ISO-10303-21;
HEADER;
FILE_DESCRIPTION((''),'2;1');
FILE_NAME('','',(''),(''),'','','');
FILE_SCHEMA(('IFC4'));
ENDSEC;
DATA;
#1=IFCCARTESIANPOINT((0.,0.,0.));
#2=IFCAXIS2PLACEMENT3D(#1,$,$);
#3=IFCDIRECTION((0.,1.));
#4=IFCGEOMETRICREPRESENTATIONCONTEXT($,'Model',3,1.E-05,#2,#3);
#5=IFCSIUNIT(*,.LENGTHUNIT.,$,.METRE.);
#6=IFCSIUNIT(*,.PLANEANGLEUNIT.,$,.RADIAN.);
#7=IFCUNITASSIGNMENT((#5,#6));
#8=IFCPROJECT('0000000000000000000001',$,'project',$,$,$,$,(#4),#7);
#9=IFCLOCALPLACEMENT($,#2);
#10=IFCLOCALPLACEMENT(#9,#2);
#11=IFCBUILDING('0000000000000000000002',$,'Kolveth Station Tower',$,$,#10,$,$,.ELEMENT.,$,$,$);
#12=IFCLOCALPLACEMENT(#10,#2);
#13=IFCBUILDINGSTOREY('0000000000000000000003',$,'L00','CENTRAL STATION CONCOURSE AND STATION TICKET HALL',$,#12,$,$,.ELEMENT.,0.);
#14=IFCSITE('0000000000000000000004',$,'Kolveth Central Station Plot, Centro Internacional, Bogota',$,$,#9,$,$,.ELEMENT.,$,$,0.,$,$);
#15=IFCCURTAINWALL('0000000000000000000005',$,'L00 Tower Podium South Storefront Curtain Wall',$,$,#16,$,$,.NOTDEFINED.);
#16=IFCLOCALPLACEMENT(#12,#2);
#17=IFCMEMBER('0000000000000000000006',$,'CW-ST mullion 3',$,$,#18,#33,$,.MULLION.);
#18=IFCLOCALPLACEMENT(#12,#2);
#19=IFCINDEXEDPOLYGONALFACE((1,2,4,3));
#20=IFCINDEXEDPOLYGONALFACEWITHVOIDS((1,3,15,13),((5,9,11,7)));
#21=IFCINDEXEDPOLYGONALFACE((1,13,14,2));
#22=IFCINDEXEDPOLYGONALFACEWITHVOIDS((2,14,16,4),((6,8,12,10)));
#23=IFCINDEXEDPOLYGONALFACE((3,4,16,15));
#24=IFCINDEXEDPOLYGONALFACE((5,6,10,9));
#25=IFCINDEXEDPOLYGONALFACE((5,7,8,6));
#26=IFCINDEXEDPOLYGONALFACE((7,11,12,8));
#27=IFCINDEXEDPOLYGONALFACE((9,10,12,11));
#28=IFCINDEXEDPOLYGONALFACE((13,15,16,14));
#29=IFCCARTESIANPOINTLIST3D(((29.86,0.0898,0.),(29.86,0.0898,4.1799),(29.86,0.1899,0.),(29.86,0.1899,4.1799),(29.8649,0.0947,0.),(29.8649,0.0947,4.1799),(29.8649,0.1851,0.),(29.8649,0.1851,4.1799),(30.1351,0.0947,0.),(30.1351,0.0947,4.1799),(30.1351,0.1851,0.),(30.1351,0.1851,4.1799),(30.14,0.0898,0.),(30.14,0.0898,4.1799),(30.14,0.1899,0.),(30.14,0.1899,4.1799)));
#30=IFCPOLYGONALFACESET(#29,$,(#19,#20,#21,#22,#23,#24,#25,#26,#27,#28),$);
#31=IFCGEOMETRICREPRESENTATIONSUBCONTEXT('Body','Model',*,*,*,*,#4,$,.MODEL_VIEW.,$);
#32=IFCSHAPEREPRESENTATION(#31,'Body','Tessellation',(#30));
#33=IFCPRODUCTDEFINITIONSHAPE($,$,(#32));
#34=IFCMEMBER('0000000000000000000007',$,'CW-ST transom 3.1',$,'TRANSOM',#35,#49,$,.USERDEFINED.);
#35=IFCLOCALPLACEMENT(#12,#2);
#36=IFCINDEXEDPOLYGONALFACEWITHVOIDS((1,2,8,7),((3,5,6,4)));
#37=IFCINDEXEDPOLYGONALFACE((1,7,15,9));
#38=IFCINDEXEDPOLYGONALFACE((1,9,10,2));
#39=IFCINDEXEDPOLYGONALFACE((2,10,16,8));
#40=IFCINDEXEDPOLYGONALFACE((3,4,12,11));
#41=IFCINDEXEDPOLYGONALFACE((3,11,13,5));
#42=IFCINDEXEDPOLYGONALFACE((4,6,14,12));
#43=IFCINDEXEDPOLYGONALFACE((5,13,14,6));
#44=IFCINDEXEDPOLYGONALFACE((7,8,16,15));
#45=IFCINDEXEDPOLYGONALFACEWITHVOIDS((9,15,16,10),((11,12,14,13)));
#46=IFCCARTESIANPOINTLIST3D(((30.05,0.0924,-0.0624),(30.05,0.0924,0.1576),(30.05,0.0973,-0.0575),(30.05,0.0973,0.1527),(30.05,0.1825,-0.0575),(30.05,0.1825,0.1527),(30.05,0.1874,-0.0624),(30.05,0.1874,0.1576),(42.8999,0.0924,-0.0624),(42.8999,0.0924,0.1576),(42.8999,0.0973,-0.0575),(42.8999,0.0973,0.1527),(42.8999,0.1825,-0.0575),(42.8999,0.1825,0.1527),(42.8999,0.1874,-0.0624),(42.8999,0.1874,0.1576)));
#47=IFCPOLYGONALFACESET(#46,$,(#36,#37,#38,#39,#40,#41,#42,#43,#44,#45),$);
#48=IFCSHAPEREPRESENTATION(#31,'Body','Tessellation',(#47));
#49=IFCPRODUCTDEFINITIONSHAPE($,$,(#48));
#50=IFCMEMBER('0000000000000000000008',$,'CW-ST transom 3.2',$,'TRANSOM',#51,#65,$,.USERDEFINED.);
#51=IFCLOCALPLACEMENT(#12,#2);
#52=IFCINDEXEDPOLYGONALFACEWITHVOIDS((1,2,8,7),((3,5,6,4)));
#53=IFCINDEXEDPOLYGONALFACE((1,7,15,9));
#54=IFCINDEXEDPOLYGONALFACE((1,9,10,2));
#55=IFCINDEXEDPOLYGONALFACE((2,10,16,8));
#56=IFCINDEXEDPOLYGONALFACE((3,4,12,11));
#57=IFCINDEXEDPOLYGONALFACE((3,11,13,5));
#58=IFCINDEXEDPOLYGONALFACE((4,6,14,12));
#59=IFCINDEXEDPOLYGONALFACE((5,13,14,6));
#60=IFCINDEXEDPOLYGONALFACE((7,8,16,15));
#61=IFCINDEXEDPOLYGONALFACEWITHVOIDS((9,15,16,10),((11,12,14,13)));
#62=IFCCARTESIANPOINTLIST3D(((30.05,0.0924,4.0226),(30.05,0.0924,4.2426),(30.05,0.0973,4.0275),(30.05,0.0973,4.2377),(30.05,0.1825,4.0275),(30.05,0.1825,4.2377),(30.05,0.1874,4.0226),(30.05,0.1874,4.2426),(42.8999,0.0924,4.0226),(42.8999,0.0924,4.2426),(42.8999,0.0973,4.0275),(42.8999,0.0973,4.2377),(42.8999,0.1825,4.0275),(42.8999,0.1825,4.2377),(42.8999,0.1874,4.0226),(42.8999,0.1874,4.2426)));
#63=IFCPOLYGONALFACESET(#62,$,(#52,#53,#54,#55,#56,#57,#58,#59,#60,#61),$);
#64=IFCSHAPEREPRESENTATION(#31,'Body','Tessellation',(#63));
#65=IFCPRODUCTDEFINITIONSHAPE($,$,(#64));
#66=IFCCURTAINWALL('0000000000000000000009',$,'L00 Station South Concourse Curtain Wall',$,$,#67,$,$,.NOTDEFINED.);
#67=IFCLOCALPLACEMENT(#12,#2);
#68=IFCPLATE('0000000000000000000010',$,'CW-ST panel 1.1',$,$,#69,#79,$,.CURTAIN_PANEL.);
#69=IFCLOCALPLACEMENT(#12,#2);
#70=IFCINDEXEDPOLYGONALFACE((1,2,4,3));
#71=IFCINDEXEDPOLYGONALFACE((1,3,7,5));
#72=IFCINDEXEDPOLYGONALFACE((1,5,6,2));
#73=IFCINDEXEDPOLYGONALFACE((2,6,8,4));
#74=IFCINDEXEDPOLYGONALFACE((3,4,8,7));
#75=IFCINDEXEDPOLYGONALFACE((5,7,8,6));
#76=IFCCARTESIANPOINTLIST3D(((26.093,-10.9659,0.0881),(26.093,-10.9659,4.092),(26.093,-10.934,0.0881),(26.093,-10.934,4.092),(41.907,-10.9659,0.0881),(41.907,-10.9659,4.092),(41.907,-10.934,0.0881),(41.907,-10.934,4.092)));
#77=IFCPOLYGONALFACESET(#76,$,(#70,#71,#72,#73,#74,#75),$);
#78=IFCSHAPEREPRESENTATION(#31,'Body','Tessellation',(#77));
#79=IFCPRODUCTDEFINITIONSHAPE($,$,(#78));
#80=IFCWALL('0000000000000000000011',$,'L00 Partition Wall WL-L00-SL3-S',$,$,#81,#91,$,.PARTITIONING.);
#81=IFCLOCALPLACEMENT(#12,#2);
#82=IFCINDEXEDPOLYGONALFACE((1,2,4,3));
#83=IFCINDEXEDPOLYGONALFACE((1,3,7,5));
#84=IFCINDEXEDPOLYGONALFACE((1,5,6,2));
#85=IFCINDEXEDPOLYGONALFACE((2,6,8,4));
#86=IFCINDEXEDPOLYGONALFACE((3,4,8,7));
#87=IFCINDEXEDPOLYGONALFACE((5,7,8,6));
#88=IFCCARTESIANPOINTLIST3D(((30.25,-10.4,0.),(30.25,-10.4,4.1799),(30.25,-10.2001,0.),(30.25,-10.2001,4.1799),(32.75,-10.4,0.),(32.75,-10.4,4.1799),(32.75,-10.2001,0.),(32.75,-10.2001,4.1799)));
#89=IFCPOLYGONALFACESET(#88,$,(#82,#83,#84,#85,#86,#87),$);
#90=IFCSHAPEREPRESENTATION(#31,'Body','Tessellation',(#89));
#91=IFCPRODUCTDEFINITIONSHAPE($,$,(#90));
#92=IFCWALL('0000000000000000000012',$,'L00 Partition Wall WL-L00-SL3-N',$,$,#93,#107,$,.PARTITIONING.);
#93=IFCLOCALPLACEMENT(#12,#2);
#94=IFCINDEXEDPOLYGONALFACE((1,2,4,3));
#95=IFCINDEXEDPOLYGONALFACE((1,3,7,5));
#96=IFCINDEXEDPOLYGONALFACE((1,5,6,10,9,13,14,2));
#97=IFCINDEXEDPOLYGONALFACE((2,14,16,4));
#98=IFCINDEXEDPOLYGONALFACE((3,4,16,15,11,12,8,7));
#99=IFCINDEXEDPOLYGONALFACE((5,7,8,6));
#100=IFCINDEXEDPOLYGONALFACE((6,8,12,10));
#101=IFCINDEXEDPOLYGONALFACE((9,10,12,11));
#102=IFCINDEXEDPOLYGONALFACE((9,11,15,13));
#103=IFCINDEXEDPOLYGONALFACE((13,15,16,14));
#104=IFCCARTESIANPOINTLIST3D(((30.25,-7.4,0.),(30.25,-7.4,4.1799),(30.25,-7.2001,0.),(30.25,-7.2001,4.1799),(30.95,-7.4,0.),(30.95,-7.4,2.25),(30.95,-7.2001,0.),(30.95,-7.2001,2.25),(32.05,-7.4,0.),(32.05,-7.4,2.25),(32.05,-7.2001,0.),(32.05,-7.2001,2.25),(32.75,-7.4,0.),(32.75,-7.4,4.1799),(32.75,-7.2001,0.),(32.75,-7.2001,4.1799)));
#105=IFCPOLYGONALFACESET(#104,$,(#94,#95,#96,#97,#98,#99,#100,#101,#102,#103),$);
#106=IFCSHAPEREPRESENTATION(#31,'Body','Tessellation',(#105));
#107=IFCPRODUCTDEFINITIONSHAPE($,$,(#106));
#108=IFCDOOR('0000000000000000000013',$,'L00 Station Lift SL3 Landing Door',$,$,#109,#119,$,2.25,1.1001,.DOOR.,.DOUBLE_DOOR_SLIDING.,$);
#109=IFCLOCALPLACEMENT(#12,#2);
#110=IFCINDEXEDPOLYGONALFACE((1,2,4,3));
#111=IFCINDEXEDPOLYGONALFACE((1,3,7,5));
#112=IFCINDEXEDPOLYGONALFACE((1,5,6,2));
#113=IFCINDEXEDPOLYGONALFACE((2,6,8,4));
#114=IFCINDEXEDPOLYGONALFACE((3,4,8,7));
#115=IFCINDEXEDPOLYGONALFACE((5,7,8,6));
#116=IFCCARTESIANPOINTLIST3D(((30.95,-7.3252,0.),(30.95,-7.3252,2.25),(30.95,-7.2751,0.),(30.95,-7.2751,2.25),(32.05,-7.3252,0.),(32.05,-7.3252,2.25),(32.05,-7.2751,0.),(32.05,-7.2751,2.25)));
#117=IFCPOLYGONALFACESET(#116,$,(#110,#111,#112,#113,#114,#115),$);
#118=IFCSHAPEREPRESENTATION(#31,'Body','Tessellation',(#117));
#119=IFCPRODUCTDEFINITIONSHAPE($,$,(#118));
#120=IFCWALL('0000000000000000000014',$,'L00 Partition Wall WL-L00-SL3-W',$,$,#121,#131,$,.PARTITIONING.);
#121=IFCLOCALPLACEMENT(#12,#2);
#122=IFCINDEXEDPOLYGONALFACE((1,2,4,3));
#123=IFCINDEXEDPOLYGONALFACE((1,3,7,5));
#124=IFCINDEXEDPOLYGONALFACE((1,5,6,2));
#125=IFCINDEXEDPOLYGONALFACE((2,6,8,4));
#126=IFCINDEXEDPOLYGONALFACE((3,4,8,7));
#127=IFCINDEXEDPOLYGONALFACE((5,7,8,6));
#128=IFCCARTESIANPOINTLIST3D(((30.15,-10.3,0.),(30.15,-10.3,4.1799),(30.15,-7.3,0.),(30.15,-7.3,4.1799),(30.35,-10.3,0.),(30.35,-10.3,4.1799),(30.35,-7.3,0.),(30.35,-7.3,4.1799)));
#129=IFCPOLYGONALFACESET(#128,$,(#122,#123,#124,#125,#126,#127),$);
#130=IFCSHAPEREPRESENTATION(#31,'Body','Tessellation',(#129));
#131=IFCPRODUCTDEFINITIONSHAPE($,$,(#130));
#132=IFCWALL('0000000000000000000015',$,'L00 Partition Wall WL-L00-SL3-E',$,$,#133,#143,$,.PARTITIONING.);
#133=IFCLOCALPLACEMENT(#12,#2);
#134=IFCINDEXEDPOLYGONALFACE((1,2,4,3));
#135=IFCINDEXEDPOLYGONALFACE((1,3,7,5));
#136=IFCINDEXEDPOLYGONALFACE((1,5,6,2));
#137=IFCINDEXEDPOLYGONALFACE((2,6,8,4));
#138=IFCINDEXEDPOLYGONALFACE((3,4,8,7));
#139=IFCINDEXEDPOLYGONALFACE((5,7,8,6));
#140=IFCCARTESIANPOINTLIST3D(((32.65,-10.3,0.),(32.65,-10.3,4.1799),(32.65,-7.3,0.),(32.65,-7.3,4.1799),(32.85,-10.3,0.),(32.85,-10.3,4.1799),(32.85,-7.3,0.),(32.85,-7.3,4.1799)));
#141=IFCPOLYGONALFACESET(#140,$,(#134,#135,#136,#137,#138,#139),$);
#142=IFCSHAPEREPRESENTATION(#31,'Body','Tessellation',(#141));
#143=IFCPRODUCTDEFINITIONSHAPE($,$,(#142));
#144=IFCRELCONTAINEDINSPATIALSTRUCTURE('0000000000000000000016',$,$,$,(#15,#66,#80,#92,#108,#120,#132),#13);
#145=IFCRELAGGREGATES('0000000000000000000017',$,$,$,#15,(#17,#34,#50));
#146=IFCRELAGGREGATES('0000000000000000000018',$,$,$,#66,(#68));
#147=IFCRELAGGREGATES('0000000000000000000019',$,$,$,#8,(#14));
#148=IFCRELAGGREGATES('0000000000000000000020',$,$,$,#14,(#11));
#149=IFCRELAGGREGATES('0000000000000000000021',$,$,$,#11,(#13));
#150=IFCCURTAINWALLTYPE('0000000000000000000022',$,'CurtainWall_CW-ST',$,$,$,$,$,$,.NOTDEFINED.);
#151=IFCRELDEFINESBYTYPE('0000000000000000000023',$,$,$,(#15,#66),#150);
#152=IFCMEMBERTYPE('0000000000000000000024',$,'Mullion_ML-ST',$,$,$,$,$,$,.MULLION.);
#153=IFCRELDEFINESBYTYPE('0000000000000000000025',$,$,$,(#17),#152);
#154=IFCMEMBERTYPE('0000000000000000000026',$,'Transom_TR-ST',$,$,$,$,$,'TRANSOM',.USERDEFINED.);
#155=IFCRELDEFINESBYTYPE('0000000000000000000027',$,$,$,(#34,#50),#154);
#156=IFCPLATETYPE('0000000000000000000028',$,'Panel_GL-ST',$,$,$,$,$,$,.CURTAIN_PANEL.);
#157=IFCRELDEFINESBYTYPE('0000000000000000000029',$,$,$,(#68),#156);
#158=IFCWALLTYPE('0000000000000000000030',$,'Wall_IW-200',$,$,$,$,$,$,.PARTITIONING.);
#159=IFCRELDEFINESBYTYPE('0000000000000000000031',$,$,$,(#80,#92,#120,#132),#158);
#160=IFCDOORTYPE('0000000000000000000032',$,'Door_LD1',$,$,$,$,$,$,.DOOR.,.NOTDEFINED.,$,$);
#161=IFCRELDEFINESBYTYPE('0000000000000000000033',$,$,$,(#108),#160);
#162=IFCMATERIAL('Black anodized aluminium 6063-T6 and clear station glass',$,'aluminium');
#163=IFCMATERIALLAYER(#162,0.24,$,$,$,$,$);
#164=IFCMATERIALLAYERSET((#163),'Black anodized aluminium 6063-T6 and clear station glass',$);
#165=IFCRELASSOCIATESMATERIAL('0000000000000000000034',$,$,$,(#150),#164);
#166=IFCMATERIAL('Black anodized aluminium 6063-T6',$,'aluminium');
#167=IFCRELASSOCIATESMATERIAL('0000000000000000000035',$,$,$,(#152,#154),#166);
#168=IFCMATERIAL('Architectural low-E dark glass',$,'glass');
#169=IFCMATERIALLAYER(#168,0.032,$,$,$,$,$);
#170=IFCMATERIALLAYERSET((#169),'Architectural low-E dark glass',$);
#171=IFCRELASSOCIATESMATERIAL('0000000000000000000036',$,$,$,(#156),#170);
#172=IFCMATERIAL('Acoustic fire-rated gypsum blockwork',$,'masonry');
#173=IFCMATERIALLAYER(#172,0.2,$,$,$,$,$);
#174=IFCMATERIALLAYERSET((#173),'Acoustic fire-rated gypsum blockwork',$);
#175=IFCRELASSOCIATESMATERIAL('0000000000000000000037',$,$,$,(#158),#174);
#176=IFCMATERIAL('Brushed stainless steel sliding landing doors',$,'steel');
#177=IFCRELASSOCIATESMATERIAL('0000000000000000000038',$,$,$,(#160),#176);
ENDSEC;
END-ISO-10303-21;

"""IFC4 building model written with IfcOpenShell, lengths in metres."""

from ifc_helpers import new_model, si_unit, direction, frame, frame_2d, origin, origin_2d, place, context, subcontext, project, spatial, rectangle, hollow_rectangle, extrude, source, transform, mapped, material, layer, layer_set, material_profile, profile_set, type_object, element, fill, aggregate, save


model = new_model("IFC4")

# Units and contexts
model_context = context("Model", 3, precision=1e-05, world=origin(), true_north=direction((0.0, 1.0)))
body_context = subcontext(model_context, "Body", "Model", "MODEL_VIEW")
ifc_project = project(units=[si_unit("LENGTHUNIT", "METRE"), si_unit("PLANEANGLEUNIT", "RADIAN")], contexts=[model_context])

# Site, building, storey
site_placement = place(None, origin())
site = spatial("IfcSite", under=ifc_project, at=site_placement, Name="Kolveth Central Station Plot, Centro Internacional, Bogota", CompositionType="ELEMENT", RefElevation=0.0)
building_placement = place(site_placement, origin())
building = spatial("IfcBuilding", under=site, at=building_placement, Name="Kolveth Station Tower", CompositionType="ELEMENT")
storey_placement = place(building_placement, origin())
storey = spatial("IfcBuildingStorey", under=building, at=storey_placement, Name="L00", Description="CENTRAL STATION CONCOURSE AND STATION TICKET HALL", CompositionType="ELEMENT", Elevation=0.0)

# Curtain wall, members
ifc_material_1 = material(Name="Black anodized aluminium 6063-T6 and clear station glass", Category="aluminium")
ifc_layer_1 = layer(ifc_material_1, 0.24)
ifc_layer_set_1 = layer_set([ifc_layer_1], Name="Black anodized aluminium 6063-T6 and clear station glass")
curtain_wall_type = type_object("IfcCurtainWallType", Name="CurtainWall_CW-ST", PredefinedType="NOTDEFINED", material=ifc_layer_set_1)
curtain_wall_1_placement = place(storey_placement, origin())
curtain_wall_1 = element("IfcCurtainWall", 1, at=curtain_wall_1_placement, inside=storey, type_object=curtain_wall_type, Name="L00 Tower Podium South Storefront Curtain Wall", PredefinedType="NOTDEFINED")
ifc_material_2 = material(Name="Black anodized aluminium 6063-T6", Category="aluminium")
ifc_material_profile_1 = material_profile(ifc_material_2, hollow_rectangle(XDim=0.1001, YDim=0.28, WallThickness=0.0049, at=origin_2d()), Name="ALU-100x280x5")
ifc_profile_set_1 = profile_set([ifc_material_profile_1], Name="Black anodized aluminium 6063-T6")
member_type_1 = type_object("IfcMemberType", Name="Mullion_ML-ST", PredefinedType="MULLION", material=ifc_profile_set_1)
shared_shape_1 = source(origin(), body_context, "Body", "SweptSolid", [
    extrude(hollow_rectangle(XDim=0.1001, YDim=0.28, WallThickness=0.0049, at=origin_2d()), origin(), (0.0, 0.0, 1.0), 4.1799),
])
member_1_placement = place(storey_placement, frame((30.0, 0.1399, 0.0), z_axis=(0.0, 0.0, 1.0), x_axis=(0.0, 1.0, 0.0)))
member_1 = element("IfcMember", 2, at=member_1_placement, type_object=member_type_1, Name="CW-ST mullion 3", PredefinedType="MULLION", context=body_context, shape_type="MappedRepresentation", body=[
    mapped(shared_shape_1, transform((0.0, 0.0, 0.0), x_axis=(1.0, 0.0, 0.0), y_axis=(0.0, 1.0, 0.0), z_axis=(0.0, 0.0, 1.0), scale=1.0)),
])
ifc_material_profile_2 = material_profile(ifc_material_2, hollow_rectangle(XDim=0.095, YDim=0.22, WallThickness=0.0049, at=origin_2d()), Name="ALU-95x220x5")
ifc_profile_set_2 = profile_set([ifc_material_profile_2], Name="Black anodized aluminium 6063-T6")
member_type_2 = type_object("IfcMemberType", Name="Transom_TR-ST", ElementType="TRANSOM", PredefinedType="USERDEFINED", material=ifc_profile_set_2)
shared_shape_2 = source(origin(), body_context, "Body", "SweptSolid", [
    extrude(hollow_rectangle(XDim=0.095, YDim=0.22, WallThickness=0.0049, at=origin_2d()), origin(), (0.0, 0.0, 1.0), 12.8499),
])
member_2_placement = place(storey_placement, frame((30.05, 0.1399, 0.0476), z_axis=(1.0, 0.0, 0.0), x_axis=(0.0, 1.0, 0.0)))
member_2 = element("IfcMember", 3, at=member_2_placement, type_object=member_type_2, Name="CW-ST transom 3.1", ObjectType="TRANSOM", PredefinedType="USERDEFINED", context=body_context, shape_type="MappedRepresentation", body=[
    mapped(shared_shape_2, transform((0.0, 0.0, 0.0), x_axis=(1.0, 0.0, 0.0), y_axis=(0.0, 1.0, 0.0), z_axis=(0.0, 0.0, 1.0), scale=1.0)),
])
member_3_placement = place(storey_placement, frame((30.05, 0.1399, 4.1326), z_axis=(1.0, 0.0, 0.0), x_axis=(0.0, 1.0, 0.0)))
member_3 = element("IfcMember", 4, at=member_3_placement, type_object=member_type_2, Name="CW-ST transom 3.2", ObjectType="TRANSOM", PredefinedType="USERDEFINED", context=body_context, shape_type="MappedRepresentation", body=[
    mapped(shared_shape_2, transform((0.0, 0.0, 0.0), x_axis=(1.0, 0.0, 0.0), y_axis=(0.0, 1.0, 0.0), z_axis=(0.0, 0.0, 1.0), scale=1.0)),
])
aggregate(curtain_wall_1, [member_1, member_2, member_3])

# Curtain wall, plate
curtain_wall_2_placement = place(storey_placement, origin())
curtain_wall_2 = element("IfcCurtainWall", 5, at=curtain_wall_2_placement, inside=storey, type_object=curtain_wall_type, Name="L00 Station South Concourse Curtain Wall", PredefinedType="NOTDEFINED")
ifc_material_3 = material(Name="Architectural low-E dark glass", Category="glass")
ifc_layer_2 = layer(ifc_material_3, 0.032)
ifc_layer_set_2 = layer_set([ifc_layer_2], Name="Architectural low-E dark glass")
plate_type = type_object("IfcPlateType", Name="Panel_GL-ST", PredefinedType="CURTAIN_PANEL", material=ifc_layer_set_2)
shared_shape_3 = source(origin(), body_context, "Body", "SweptSolid", [
    extrude(rectangle(XDim=15.814, YDim=0.032, at=origin_2d()), origin(), (0.0, 0.0, 1.0), 4.0039),
])
plate_placement = place(storey_placement, frame((34.0, -10.95, 0.0881), z_axis=(0.0, 0.0, 1.0), x_axis=(1.0, 0.0, 0.0)))
plate = element("IfcPlate", 6, at=plate_placement, type_object=plate_type, Name="CW-ST panel 1.1", PredefinedType="CURTAIN_PANEL", context=body_context, shape_type="MappedRepresentation", body=[
    mapped(shared_shape_3, transform((0.0, 0.0, 0.0), x_axis=(1.0, 0.0, 0.0), y_axis=(0.0, 1.0, 0.0), z_axis=(0.0, 0.0, 1.0), scale=1.0)),
])
aggregate(curtain_wall_2, [plate])

# Wall
ifc_material_4 = material(Name="Acoustic fire-rated gypsum blockwork", Category="masonry")
ifc_layer_3 = layer(ifc_material_4, 0.2)
ifc_layer_set_3 = layer_set([ifc_layer_3], Name="Acoustic fire-rated gypsum blockwork")
wall_type = type_object("IfcWallType", Name="Wall_IW-200", PredefinedType="PARTITIONING", material=ifc_layer_set_3)
wall_1_placement = place(storey_placement, frame((30.25, -10.3, 0.0), z_axis=(0.0, 0.0, 1.0), x_axis=(1.0, 0.0, 0.0)))
element("IfcWall", 7, at=wall_1_placement, inside=storey, type_object=wall_type, Name="L00 Partition Wall WL-L00-SL3-S", PredefinedType="PARTITIONING", context=body_context, shape_type="SweptSolid", body=[
    extrude(rectangle(XDim=2.5, YDim=0.2, at=frame_2d((1.25, 0.0))), origin(), (0.0, 0.0, 1.0), 4.1799),
])

# Wall, opening, door
wall_2_placement = place(storey_placement, frame((30.25, -7.3, 0.0), z_axis=(0.0, 0.0, 1.0), x_axis=(1.0, 0.0, 0.0)))
wall_2 = element("IfcWall", 8, at=wall_2_placement, inside=storey, type_object=wall_type, Name="L00 Partition Wall WL-L00-SL3-N", PredefinedType="PARTITIONING", context=body_context, shape_type="SweptSolid", body=[
    extrude(rectangle(XDim=2.5, YDim=0.2, at=frame_2d((1.25, 0.0))), origin(), (0.0, 0.0, 1.0), 4.1799),
])
opening_placement = place(wall_2_placement, frame((0.7, 0.0, 0.0)))
opening = element("IfcOpeningElement", 9, at=opening_placement, cuts=wall_2, PredefinedType="OPENING", context=body_context, shape_type="SweptSolid", body=[
    extrude(rectangle(XDim=1.1001, YDim=2.25, at=frame_2d((0.55, 1.125))), frame((0.0, 0.1099, 0.0), z_axis=(0.0, -1.0, 0.0), x_axis=(1.0, 0.0, 0.0)), (0.0, 0.0, 1.0), 0.22),
])
ifc_material_5 = material(Name="Brushed stainless steel sliding landing doors", Category="steel")
door_type = type_object("IfcDoorType", Name="Door_LD1", OperationType="NOTDEFINED", PredefinedType="DOOR", material=ifc_material_5)
door_placement = place(opening_placement, origin())
door = element("IfcDoor", 10, at=door_placement, inside=storey, type_object=door_type, Name="L00 Station Lift SL3 Landing Door", OperationType="DOUBLE_DOOR_SLIDING", OverallHeight=2.25, OverallWidth=1.1001, PredefinedType="DOOR", context=body_context, shape_type="SweptSolid", body=[
    extrude(rectangle(XDim=1.1001, YDim=2.25, at=frame_2d((0.55, 1.125))), frame((0.0, 0.0249, 0.0), z_axis=(0.0, -1.0, 0.0), x_axis=(1.0, 0.0, 0.0)), (0.0, 0.0, 1.0), 0.05),
])
fill(opening, door)

# Walls
for number, where, z_axis, x_axis, name in (
    (11, (30.25, -10.3, 0.0), (0.0, 0.0, 1.0), (0.0, 1.0, 0.0), "L00 Partition Wall WL-L00-SL3-W"),
    (12, (32.75, -10.3, 0.0), (0.0, 0.0, 1.0), (0.0, 1.0, 0.0), "L00 Partition Wall WL-L00-SL3-E"),
):
    element("IfcWall", number, at=place(storey_placement, frame(where, z_axis=z_axis, x_axis=x_axis)), inside=storey, type_object=wall_type, Name=name, PredefinedType="PARTITIONING", context=body_context, shape_type="SweptSolid", body=[
        extrude(rectangle(XDim=3.0, YDim=0.2, at=frame_2d((1.5, 0.0))), origin(), (0.0, 0.0, 1.0), 4.1799),
    ])

save(model, "model.ifc")
